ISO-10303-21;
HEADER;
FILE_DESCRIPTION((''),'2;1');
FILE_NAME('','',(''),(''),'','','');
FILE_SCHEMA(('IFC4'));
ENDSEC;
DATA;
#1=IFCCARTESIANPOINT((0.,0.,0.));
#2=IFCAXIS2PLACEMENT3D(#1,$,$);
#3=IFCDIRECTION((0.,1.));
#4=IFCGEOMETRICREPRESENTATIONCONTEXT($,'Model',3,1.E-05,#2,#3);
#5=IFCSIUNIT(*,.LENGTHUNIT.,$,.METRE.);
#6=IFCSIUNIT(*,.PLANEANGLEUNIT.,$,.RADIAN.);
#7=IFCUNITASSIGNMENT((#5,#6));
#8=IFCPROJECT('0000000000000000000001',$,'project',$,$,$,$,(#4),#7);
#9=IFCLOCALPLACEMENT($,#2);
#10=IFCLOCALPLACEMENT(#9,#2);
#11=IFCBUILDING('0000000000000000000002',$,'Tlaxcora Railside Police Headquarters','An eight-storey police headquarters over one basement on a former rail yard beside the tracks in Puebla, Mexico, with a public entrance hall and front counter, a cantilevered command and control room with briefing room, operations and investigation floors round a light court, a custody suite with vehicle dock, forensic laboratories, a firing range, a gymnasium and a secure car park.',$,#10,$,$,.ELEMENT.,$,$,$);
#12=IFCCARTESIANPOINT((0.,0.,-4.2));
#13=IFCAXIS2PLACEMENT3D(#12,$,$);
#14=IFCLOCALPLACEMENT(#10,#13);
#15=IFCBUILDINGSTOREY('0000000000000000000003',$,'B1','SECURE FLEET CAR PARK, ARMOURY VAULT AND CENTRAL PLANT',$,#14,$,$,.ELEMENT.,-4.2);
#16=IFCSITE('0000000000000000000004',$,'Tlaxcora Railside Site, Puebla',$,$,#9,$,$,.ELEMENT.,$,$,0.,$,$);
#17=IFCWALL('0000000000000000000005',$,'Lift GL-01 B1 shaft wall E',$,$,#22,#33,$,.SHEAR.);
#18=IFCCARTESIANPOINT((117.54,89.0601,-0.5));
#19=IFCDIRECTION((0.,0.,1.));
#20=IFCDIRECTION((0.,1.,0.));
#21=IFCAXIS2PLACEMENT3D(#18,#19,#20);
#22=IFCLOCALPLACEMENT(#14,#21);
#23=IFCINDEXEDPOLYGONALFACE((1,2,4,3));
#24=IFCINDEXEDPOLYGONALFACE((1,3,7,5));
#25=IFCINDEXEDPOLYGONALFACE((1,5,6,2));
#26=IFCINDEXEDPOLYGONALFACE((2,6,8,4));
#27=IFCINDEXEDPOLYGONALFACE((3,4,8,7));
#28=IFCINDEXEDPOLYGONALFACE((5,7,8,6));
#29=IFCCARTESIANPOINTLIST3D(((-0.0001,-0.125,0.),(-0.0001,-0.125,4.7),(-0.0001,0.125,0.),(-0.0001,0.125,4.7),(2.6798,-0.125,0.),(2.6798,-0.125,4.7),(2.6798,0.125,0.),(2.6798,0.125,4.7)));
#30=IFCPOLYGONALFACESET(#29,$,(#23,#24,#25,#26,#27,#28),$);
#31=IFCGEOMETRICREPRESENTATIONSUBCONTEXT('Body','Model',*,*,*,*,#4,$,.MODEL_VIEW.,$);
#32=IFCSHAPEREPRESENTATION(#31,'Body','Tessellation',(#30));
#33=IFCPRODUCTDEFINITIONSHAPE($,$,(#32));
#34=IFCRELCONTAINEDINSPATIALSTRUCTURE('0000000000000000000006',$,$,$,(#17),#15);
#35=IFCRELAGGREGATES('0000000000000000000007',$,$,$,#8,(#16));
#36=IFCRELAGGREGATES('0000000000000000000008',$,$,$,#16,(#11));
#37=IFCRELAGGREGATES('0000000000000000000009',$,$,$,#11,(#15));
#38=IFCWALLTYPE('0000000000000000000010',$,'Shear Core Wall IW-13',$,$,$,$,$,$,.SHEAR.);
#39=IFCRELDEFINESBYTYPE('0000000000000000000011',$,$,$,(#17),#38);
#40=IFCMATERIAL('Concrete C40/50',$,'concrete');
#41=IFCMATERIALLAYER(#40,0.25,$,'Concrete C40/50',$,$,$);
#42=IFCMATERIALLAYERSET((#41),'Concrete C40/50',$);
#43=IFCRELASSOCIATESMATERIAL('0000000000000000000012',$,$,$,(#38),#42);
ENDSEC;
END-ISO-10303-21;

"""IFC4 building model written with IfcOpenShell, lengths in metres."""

from ifc_helpers import new_model, si_unit, direction, frame, frame_2d, origin, place, context, subcontext, project, spatial, rectangle, extrude, material, layer, layer_set, type_object, element, save


model = new_model("IFC4")

# Units and contexts
model_context = context("Model", 3, precision=1e-05, world=origin(), true_north=direction((0.0, 1.0)))
body_context = subcontext(model_context, "Body", "Model", "MODEL_VIEW")
ifc_project = project(units=[si_unit("LENGTHUNIT", "METRE"), si_unit("PLANEANGLEUNIT", "RADIAN")], contexts=[model_context])

# Site, building, storey
site_placement = place(None, origin())
site = spatial("IfcSite", under=ifc_project, at=site_placement, Name="Tlaxcora Railside Site, Puebla", CompositionType="ELEMENT", RefElevation=0.0)
building_placement = place(site_placement, origin())
building = spatial("IfcBuilding", under=site, at=building_placement, Name="Tlaxcora Railside Police Headquarters", Description="An eight-storey police headquarters over one basement on a former rail yard beside the tracks in Puebla, Mexico, with a public entrance hall and front counter, a cantilevered command and control room with briefing room, operations and investigation floors round a light court, a custody suite with vehicle dock, forensic laboratories, a firing range, a gymnasium and a secure car park.", CompositionType="ELEMENT")
storey_placement = place(building_placement, frame((0.0, 0.0, -4.2)))
storey = spatial("IfcBuildingStorey", under=building, at=storey_placement, Name="B1", Description="SECURE FLEET CAR PARK, ARMOURY VAULT AND CENTRAL PLANT", CompositionType="ELEMENT", Elevation=-4.2)

# Shared definitions
ifc_material_1 = material(Name="Concrete C40/50", Category="concrete")

# Shared definitions
ifc_layer_1 = layer(ifc_material_1, 0.25, Name="Concrete C40/50")
ifc_layer_set_1 = layer_set([ifc_layer_1], Name="Concrete C40/50")
wall_type_1 = type_object("IfcWallType", Name="Shear Core Wall IW-13", PredefinedType="SHEAR", material=ifc_layer_set_1)

# Wall
wall_1_placement = place(storey_placement, frame((117.54, 89.0601, -0.5), z_axis=(0.0, 0.0, 1.0), x_axis=(0.0, 1.0, 0.0)))
element("IfcWall", 1, at=wall_1_placement, inside=storey, type_object=wall_type_1, Name="Lift GL-01 B1 shaft wall E", PredefinedType="SHEAR", context=body_context, shape_type="SweptSolid", body=[
    extrude(rectangle(XDim=2.6799, YDim=0.25, at=frame_2d((1.3398, 0.0))), origin(), (0.0, 0.0, 1.0), 4.7),
])

save(model, "model.ifc")
